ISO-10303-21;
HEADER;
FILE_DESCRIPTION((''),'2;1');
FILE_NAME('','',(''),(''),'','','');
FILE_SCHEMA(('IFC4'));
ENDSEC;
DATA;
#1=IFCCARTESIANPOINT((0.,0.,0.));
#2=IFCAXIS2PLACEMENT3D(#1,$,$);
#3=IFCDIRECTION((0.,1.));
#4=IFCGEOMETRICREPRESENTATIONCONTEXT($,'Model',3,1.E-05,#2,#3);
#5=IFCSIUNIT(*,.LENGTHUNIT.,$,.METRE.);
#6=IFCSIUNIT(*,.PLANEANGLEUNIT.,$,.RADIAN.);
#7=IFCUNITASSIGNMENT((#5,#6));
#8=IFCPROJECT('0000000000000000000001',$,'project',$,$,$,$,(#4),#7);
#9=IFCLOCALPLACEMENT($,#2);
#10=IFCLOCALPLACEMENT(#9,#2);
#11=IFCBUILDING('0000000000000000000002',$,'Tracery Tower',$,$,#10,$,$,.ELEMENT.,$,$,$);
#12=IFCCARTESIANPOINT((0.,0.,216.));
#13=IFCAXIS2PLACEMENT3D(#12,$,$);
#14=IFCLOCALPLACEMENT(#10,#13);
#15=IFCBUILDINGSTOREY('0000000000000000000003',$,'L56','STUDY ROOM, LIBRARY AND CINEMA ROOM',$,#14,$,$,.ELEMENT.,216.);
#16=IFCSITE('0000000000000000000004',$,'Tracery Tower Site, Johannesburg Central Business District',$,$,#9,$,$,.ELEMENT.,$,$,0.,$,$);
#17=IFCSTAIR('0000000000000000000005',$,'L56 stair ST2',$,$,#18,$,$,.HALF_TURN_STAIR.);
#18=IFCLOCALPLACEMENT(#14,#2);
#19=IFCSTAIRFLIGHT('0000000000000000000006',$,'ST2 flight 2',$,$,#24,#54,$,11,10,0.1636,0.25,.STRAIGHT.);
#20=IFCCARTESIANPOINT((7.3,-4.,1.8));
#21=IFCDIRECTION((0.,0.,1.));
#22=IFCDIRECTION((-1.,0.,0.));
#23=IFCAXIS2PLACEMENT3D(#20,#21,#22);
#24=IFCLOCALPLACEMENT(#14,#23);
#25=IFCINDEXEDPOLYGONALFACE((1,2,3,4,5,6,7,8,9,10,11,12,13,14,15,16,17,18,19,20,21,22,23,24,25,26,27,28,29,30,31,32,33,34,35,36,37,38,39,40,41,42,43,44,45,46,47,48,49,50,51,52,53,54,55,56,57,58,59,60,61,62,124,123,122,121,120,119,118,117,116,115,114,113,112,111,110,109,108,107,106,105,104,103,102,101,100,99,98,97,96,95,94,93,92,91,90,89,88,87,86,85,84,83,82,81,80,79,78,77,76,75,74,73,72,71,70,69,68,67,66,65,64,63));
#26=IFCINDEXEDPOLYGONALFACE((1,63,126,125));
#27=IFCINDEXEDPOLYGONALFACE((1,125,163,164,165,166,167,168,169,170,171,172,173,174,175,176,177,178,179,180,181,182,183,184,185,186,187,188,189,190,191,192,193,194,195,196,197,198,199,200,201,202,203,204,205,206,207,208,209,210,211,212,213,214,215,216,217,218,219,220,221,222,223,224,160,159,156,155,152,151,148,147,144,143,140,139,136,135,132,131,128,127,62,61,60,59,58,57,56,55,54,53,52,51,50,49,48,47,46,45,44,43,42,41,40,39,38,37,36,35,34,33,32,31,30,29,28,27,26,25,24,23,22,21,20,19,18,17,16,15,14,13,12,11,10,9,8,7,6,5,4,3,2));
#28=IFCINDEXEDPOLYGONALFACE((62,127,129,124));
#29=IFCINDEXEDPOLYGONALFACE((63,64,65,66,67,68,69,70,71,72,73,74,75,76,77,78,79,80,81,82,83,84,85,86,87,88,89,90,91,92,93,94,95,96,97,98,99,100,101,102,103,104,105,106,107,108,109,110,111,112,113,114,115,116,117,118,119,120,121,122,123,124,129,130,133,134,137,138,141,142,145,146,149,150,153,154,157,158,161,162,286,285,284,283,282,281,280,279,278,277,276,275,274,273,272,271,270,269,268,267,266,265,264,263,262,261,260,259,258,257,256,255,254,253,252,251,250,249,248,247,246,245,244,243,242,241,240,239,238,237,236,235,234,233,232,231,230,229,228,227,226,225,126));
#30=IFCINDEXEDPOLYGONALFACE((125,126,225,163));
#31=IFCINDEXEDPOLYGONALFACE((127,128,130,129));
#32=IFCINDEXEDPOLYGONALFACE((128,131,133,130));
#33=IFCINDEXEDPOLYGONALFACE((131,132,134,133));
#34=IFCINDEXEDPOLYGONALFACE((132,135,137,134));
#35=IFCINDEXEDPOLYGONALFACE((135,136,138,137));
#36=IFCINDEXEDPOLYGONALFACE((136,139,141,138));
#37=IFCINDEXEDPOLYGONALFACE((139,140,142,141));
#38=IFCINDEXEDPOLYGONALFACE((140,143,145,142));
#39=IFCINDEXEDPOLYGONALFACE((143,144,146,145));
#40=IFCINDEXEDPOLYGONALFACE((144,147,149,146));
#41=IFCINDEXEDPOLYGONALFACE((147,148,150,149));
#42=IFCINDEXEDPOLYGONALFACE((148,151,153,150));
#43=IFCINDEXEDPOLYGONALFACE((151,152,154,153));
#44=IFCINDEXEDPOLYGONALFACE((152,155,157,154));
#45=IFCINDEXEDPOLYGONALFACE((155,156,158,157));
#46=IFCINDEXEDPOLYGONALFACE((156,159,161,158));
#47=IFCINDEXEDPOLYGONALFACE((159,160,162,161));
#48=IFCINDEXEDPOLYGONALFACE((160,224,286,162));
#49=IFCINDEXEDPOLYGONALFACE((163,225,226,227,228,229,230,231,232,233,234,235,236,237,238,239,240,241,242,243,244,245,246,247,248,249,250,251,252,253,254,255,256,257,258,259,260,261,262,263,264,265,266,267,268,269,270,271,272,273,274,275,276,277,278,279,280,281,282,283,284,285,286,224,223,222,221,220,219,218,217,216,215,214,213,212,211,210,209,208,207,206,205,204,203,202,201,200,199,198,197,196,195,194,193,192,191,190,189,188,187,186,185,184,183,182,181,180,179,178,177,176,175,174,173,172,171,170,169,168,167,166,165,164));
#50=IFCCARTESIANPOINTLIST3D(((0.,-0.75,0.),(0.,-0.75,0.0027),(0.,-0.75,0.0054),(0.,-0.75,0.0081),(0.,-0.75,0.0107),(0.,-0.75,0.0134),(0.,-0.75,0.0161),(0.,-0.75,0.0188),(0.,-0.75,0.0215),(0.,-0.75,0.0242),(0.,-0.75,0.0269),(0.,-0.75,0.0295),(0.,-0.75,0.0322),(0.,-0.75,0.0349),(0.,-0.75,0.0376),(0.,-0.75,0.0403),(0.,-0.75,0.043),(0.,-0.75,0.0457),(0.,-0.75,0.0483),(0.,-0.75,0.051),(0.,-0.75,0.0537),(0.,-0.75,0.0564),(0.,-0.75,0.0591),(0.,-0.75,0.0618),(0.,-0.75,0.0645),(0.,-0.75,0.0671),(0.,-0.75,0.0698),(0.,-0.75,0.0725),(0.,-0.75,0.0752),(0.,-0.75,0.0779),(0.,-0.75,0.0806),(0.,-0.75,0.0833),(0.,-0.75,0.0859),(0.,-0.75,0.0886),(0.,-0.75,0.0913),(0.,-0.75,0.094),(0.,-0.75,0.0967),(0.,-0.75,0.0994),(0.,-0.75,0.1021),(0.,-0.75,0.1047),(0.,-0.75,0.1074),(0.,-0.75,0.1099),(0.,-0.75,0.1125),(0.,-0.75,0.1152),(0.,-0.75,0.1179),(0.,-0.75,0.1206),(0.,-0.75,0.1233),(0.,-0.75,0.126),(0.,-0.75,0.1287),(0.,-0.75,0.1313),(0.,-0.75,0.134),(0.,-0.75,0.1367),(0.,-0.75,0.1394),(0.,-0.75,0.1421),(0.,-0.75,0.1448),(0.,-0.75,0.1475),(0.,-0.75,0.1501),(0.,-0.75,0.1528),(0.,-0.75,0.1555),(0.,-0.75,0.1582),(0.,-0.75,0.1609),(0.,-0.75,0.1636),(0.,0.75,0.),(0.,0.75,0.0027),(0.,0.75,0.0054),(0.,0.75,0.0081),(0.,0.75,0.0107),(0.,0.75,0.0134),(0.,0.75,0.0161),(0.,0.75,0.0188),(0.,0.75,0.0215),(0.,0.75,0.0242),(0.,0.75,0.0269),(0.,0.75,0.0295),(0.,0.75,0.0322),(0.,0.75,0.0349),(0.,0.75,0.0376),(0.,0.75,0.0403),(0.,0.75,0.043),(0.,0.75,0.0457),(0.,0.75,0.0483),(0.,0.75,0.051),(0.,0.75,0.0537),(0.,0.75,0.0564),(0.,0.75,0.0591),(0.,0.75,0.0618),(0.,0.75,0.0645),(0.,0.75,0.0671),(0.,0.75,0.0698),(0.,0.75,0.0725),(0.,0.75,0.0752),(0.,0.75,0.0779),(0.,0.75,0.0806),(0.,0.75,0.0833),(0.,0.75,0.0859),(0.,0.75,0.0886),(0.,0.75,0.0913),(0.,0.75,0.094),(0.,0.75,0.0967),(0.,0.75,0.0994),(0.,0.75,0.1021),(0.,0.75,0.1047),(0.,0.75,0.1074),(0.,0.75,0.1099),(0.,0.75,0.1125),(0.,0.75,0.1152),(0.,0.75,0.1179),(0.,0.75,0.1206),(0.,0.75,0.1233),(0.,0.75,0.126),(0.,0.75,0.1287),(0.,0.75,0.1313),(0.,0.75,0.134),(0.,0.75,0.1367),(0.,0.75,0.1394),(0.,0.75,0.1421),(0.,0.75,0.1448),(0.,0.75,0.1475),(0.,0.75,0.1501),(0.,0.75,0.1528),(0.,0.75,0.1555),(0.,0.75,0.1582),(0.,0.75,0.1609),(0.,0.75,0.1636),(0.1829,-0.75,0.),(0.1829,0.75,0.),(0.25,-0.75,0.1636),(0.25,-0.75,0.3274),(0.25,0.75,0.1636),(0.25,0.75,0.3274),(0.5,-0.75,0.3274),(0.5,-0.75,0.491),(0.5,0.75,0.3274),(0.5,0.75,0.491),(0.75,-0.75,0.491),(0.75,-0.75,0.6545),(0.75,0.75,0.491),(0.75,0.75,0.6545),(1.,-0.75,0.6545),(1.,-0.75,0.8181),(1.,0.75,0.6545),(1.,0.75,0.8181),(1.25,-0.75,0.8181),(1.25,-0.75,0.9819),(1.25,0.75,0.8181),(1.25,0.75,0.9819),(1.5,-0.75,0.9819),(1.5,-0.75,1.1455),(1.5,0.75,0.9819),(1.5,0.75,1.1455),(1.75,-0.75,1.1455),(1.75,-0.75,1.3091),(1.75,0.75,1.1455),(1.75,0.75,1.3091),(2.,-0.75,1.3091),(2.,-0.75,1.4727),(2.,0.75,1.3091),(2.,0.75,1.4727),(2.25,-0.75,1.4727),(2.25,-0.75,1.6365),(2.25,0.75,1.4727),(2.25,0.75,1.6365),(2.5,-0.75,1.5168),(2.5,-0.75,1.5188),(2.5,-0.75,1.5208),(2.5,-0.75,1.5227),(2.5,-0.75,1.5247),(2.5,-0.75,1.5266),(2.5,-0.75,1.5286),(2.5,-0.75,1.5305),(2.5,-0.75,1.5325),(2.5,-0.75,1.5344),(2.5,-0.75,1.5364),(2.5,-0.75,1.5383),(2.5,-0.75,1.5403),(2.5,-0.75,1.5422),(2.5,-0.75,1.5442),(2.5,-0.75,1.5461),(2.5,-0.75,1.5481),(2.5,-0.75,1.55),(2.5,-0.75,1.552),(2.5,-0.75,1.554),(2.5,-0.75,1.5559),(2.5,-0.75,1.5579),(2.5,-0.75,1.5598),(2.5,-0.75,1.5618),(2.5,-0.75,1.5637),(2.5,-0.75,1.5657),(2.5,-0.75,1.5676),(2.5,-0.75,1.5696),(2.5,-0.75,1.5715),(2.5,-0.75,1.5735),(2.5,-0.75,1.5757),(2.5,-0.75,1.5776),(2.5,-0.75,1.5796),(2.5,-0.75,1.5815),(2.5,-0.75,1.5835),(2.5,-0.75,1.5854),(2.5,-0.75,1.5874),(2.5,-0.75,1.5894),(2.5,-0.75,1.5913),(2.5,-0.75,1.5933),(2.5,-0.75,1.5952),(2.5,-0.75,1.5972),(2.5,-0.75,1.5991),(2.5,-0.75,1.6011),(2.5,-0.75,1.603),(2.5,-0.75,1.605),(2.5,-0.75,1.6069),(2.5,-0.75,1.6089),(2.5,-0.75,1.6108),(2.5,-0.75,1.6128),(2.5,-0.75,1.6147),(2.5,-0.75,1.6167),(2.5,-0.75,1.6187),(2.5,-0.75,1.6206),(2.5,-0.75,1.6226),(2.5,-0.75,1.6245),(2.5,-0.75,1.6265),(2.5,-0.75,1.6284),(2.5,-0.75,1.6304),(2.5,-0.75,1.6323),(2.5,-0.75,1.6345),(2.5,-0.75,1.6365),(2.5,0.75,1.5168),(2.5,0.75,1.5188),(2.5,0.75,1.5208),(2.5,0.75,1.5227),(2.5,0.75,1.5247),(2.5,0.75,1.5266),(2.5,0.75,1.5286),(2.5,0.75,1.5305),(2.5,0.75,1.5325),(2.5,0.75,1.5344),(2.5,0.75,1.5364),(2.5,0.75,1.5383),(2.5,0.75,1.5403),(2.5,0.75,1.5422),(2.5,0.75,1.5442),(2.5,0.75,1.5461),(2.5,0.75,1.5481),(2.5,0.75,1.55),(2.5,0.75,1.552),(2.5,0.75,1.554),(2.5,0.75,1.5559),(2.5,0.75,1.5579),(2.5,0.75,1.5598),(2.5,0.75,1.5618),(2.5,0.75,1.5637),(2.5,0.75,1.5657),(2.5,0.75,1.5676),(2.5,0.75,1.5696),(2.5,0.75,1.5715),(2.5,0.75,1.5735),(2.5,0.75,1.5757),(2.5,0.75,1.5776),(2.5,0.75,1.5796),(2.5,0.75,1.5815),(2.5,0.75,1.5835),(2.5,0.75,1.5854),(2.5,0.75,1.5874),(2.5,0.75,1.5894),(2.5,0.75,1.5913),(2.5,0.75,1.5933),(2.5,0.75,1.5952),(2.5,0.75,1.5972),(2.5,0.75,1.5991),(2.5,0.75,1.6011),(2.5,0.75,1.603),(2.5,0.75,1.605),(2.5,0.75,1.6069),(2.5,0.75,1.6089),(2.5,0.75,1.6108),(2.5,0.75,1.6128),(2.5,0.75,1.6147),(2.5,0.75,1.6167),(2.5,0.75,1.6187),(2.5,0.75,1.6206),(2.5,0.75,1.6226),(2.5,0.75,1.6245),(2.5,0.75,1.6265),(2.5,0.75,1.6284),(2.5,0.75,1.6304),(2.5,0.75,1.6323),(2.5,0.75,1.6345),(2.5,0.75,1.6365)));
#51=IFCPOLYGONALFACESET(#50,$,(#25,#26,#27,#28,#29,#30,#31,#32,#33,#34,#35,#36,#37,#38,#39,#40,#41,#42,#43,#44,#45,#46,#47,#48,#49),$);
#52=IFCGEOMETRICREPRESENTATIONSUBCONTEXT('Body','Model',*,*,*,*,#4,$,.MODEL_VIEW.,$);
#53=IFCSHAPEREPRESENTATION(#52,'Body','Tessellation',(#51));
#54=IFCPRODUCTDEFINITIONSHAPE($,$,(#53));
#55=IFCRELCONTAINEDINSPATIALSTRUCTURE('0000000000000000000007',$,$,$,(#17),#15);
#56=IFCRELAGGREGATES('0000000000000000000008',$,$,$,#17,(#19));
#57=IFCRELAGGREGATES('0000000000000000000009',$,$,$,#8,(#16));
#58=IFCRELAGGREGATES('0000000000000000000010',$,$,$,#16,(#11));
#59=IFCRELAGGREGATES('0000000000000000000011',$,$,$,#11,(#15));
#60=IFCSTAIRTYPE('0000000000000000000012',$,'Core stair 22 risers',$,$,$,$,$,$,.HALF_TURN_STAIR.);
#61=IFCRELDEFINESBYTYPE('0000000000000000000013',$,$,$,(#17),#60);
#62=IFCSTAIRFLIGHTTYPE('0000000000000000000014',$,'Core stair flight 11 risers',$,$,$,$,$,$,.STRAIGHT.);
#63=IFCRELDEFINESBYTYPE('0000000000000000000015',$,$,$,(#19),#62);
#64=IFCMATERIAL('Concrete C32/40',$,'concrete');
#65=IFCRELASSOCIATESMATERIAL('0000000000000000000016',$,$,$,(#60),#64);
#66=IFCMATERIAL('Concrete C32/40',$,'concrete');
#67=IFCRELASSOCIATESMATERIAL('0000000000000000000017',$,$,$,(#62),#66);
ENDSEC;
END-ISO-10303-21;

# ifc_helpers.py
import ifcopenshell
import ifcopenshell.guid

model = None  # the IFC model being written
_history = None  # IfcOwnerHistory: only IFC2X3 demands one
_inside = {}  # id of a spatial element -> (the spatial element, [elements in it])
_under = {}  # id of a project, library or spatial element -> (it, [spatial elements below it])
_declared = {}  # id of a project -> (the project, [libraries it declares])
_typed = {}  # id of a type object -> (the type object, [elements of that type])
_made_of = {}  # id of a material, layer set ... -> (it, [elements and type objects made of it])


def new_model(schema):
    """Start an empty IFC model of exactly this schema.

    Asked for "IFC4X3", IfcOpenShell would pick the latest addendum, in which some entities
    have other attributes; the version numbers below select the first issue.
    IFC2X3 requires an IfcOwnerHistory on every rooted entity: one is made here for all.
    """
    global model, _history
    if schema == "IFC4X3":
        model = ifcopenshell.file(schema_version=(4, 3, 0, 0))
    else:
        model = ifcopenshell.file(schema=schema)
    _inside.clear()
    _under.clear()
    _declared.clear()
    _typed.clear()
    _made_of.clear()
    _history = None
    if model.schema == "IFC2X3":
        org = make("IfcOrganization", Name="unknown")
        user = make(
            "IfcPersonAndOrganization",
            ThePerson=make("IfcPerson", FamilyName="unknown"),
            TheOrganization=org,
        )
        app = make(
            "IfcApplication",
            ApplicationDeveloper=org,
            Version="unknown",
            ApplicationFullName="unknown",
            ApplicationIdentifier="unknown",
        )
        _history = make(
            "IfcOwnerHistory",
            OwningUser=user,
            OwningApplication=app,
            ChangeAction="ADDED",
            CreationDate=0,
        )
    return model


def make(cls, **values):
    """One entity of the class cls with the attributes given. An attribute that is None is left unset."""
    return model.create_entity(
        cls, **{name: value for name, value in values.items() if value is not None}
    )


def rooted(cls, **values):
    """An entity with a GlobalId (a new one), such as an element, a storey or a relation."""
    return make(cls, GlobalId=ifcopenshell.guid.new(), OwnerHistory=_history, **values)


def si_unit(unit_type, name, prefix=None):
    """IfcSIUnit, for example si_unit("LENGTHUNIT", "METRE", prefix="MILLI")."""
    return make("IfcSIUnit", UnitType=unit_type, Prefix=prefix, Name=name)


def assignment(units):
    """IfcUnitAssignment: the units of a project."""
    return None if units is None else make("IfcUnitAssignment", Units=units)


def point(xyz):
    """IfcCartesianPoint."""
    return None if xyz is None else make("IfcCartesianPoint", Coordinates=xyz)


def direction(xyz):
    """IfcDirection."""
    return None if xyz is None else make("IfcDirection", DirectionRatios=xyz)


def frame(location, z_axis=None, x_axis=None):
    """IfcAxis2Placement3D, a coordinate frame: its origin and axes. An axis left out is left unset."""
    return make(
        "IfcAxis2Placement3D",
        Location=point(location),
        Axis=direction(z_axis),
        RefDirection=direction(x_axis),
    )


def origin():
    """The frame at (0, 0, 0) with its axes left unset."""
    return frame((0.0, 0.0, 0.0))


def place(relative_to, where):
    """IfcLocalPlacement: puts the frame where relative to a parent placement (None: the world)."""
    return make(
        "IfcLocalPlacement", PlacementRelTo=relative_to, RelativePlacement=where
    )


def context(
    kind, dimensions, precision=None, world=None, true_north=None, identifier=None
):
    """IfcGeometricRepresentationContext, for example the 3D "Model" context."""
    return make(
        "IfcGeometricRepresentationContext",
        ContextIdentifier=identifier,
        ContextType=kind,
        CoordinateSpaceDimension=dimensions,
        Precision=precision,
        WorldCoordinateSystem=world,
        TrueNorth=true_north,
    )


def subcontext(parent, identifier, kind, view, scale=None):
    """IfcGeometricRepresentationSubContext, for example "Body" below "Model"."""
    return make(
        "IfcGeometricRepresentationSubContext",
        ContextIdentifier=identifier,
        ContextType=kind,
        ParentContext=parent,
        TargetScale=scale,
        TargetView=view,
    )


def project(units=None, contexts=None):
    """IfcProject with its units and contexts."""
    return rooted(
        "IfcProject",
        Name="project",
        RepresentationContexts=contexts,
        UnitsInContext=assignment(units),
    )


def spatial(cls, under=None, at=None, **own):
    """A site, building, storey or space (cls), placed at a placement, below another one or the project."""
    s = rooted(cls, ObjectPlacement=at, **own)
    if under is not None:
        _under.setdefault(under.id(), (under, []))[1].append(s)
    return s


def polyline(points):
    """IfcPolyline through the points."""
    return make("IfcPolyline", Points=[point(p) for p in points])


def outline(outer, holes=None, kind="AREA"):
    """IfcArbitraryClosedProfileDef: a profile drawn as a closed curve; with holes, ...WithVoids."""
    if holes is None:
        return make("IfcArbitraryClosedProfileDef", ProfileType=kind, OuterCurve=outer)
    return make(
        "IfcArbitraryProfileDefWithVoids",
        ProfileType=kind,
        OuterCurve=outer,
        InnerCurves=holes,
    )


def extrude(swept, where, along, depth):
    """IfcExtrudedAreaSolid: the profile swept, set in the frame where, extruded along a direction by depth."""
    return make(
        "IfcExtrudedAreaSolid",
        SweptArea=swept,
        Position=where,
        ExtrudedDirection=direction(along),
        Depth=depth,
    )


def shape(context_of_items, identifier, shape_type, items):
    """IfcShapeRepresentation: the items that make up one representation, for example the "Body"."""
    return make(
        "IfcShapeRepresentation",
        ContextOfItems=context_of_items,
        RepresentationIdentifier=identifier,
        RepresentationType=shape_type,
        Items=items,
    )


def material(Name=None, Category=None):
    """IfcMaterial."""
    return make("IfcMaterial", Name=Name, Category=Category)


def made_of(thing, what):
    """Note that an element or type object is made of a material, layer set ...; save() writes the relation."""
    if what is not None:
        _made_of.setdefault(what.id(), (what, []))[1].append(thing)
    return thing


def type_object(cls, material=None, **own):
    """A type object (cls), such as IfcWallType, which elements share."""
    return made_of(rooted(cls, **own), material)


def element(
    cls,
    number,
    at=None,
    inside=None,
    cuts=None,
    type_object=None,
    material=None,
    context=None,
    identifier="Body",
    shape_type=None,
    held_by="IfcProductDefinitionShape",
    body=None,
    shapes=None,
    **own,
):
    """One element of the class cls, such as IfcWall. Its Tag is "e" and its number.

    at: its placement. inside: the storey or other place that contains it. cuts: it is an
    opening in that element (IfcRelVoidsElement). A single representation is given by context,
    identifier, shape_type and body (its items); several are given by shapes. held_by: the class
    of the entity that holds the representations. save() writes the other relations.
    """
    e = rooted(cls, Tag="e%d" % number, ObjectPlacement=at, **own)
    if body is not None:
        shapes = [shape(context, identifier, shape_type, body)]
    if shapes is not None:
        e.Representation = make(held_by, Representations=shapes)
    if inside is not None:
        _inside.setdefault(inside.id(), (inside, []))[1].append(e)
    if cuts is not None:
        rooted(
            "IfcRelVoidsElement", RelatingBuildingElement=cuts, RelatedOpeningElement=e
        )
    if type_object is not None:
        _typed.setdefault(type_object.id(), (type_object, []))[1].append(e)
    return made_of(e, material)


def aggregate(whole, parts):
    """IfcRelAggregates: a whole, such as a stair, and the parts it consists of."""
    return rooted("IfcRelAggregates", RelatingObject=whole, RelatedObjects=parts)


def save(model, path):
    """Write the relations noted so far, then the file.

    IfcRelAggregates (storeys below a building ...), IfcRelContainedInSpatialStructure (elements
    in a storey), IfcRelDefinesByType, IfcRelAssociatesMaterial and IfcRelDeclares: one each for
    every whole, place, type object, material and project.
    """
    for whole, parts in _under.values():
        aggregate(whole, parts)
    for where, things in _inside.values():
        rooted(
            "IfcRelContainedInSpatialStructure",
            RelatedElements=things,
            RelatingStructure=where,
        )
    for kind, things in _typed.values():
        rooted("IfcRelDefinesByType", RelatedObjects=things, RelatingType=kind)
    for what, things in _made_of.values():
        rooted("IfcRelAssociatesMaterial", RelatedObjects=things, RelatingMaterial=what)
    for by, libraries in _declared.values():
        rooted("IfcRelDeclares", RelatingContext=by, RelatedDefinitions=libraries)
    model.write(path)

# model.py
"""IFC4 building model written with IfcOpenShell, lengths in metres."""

from ifc_helpers import new_model, si_unit, direction, frame, origin, place, context, subcontext, project, spatial, polyline, outline, extrude, material, type_object, element, aggregate, save


model = new_model("IFC4")

# Units and contexts
model_context = context("Model", 3, precision=1e-05, world=origin(), true_north=direction((0.0, 1.0)))
body_context = subcontext(model_context, "Body", "Model", "MODEL_VIEW")
ifc_project = project(units=[si_unit("LENGTHUNIT", "METRE"), si_unit("PLANEANGLEUNIT", "RADIAN")], contexts=[model_context])

# Site, building, storey
site_placement = place(None, origin())
site = spatial("IfcSite", under=ifc_project, at=site_placement, Name="Tracery Tower Site, Johannesburg Central Business District", CompositionType="ELEMENT", RefElevation=0.0)
building_placement = place(site_placement, origin())
building = spatial("IfcBuilding", under=site, at=building_placement, Name="Tracery Tower", CompositionType="ELEMENT")
storey_placement = place(building_placement, frame((0.0, 0.0, 216.0)))
storey = spatial("IfcBuildingStorey", under=building, at=storey_placement, Name="L56", Description="STUDY ROOM, LIBRARY AND CINEMA ROOM", CompositionType="ELEMENT", Elevation=216.0)

# Shared definitions
ifc_material_1 = material(Name="Concrete C32/40", Category="concrete")
stair_type = type_object("IfcStairType", Name="Core stair 22 risers", PredefinedType="HALF_TURN_STAIR", material=ifc_material_1)

# Stair, stair flight
stair_1_placement = place(storey_placement, origin())
stair_1 = element("IfcStair", 1, at=stair_1_placement, inside=storey, type_object=stair_type, Name="L56 stair ST2", PredefinedType="HALF_TURN_STAIR")
ifc_material_2 = material(Name="Concrete C32/40", Category="concrete")
stair_flight_type = type_object("IfcStairFlightType", Name="Core stair flight 11 risers", PredefinedType="STRAIGHT", material=ifc_material_2)
stair_flight_1_placement = place(storey_placement, frame((7.3, -4.0, 1.8), z_axis=(0.0, 0.0, 1.0), x_axis=(-1.0, 0.0, 0.0)))
stair_flight_1 = element("IfcStairFlight", 2, at=stair_flight_1_placement, type_object=stair_flight_type, Name="ST2 flight 2", NumberOfRisers=11, NumberOfTreads=10, PredefinedType="STRAIGHT", RiserHeight=0.1636, TreadLength=0.25, context=body_context, shape_type="SweptSolid", body=[
    extrude(outline(polyline([(0.0, 0.0), (0.0, 0.0027), (0.0, 0.0054), (0.0, 0.0081), (0.0, 0.0107), (0.0, 0.0134), (0.0, 0.0161), (0.0, 0.0188), (0.0, 0.0215), (0.0, 0.0242), (0.0, 0.0269), (0.0, 0.0295), (0.0, 0.0322), (0.0, 0.0349), (0.0, 0.0376), (0.0, 0.0403), (0.0, 0.043), (0.0, 0.0457), (0.0, 0.0483), (0.0, 0.051), (0.0, 0.0537), (0.0, 0.0564), (0.0, 0.0591), (0.0, 0.0618), (0.0, 0.0645), (0.0, 0.0671), (0.0, 0.0698), (0.0, 0.0725), (0.0, 0.0752), (0.0, 0.0779), (0.0, 0.0806), (0.0, 0.0833), (0.0, 0.0859), (0.0, 0.0886), (0.0, 0.0913), (0.0, 0.094), (0.0, 0.0967), (0.0, 0.0994), (0.0, 0.1021), (0.0, 0.1047), (0.0, 0.1074), (0.0, 0.1099), (0.0, 0.1125), (0.0, 0.1152), (0.0, 0.1179), (0.0, 0.1206), (0.0, 0.1233), (0.0, 0.126), (0.0, 0.1287), (0.0, 0.1313), (0.0, 0.134), (0.0, 0.1367), (0.0, 0.1394), (0.0, 0.1421), (0.0, 0.1448), (0.0, 0.1475), (0.0, 0.1501), (0.0, 0.1528), (0.0, 0.1555), (0.0, 0.1582), (0.0, 0.1609), (0.0, 0.1636), (0.25, 0.1636), (0.25, 0.3274), (0.5, 0.3274), (0.5, 0.491), (0.75, 0.491), (0.75, 0.6545), (1.0, 0.6545), (1.0, 0.8181), (1.25, 0.8181), (1.25, 0.9819), (1.5, 0.9819), (1.5, 1.1455), (1.75, 1.1455), (1.75, 1.3091), (2.0, 1.3091), (2.0, 1.4727), (2.25, 1.4727), (2.25, 1.6365), (2.5, 1.6365), (2.5, 1.6345), (2.5, 1.6323), (2.5, 1.6304), (2.5, 1.6284), (2.5, 1.6265), (2.5, 1.6245), (2.5, 1.6226), (2.5, 1.6206), (2.5, 1.6187), (2.5, 1.6167), (2.5, 1.6147), (2.5, 1.6128), (2.5, 1.6108), (2.5, 1.6089), (2.5, 1.6069), (2.5, 1.605), (2.5, 1.603), (2.5, 1.6011), (2.5, 1.5991), (2.5, 1.5972), (2.5, 1.5952), (2.5, 1.5933), (2.5, 1.5913), (2.5, 1.5894), (2.5, 1.5874), (2.5, 1.5854), (2.5, 1.5835), (2.5, 1.5815), (2.5, 1.5796), (2.5, 1.5776), (2.5, 1.5757), (2.5, 1.5735), (2.5, 1.5715), (2.5, 1.5696), (2.5, 1.5676), (2.5, 1.5657), (2.5, 1.5637), (2.5, 1.5618), (2.5, 1.5598), (2.5, 1.5579), (2.5, 1.5559), (2.5, 1.554), (2.5, 1.552), (2.5, 1.55), (2.5, 1.5481), (2.5, 1.5461), (2.5, 1.5442), (2.5, 1.5422), (2.5, 1.5403), (2.5, 1.5383), (2.5, 1.5364), (2.5, 1.5344), (2.5, 1.5325), (2.5, 1.5305), (2.5, 1.5286), (2.5, 1.5266), (2.5, 1.5247), (2.5, 1.5227), (2.5, 1.5208), (2.5, 1.5188), (2.5, 1.5168), (0.1829, 0.0), (0.0, 0.0)])), frame((0.0, 0.75, 0.0), z_axis=(0.0, -1.0, 0.0), x_axis=(1.0, 0.0, 0.0)), (0.0, 0.0, 1.0), 1.5),
])
aggregate(stair_1, [stair_flight_1])

save(model, "model.ifc")
